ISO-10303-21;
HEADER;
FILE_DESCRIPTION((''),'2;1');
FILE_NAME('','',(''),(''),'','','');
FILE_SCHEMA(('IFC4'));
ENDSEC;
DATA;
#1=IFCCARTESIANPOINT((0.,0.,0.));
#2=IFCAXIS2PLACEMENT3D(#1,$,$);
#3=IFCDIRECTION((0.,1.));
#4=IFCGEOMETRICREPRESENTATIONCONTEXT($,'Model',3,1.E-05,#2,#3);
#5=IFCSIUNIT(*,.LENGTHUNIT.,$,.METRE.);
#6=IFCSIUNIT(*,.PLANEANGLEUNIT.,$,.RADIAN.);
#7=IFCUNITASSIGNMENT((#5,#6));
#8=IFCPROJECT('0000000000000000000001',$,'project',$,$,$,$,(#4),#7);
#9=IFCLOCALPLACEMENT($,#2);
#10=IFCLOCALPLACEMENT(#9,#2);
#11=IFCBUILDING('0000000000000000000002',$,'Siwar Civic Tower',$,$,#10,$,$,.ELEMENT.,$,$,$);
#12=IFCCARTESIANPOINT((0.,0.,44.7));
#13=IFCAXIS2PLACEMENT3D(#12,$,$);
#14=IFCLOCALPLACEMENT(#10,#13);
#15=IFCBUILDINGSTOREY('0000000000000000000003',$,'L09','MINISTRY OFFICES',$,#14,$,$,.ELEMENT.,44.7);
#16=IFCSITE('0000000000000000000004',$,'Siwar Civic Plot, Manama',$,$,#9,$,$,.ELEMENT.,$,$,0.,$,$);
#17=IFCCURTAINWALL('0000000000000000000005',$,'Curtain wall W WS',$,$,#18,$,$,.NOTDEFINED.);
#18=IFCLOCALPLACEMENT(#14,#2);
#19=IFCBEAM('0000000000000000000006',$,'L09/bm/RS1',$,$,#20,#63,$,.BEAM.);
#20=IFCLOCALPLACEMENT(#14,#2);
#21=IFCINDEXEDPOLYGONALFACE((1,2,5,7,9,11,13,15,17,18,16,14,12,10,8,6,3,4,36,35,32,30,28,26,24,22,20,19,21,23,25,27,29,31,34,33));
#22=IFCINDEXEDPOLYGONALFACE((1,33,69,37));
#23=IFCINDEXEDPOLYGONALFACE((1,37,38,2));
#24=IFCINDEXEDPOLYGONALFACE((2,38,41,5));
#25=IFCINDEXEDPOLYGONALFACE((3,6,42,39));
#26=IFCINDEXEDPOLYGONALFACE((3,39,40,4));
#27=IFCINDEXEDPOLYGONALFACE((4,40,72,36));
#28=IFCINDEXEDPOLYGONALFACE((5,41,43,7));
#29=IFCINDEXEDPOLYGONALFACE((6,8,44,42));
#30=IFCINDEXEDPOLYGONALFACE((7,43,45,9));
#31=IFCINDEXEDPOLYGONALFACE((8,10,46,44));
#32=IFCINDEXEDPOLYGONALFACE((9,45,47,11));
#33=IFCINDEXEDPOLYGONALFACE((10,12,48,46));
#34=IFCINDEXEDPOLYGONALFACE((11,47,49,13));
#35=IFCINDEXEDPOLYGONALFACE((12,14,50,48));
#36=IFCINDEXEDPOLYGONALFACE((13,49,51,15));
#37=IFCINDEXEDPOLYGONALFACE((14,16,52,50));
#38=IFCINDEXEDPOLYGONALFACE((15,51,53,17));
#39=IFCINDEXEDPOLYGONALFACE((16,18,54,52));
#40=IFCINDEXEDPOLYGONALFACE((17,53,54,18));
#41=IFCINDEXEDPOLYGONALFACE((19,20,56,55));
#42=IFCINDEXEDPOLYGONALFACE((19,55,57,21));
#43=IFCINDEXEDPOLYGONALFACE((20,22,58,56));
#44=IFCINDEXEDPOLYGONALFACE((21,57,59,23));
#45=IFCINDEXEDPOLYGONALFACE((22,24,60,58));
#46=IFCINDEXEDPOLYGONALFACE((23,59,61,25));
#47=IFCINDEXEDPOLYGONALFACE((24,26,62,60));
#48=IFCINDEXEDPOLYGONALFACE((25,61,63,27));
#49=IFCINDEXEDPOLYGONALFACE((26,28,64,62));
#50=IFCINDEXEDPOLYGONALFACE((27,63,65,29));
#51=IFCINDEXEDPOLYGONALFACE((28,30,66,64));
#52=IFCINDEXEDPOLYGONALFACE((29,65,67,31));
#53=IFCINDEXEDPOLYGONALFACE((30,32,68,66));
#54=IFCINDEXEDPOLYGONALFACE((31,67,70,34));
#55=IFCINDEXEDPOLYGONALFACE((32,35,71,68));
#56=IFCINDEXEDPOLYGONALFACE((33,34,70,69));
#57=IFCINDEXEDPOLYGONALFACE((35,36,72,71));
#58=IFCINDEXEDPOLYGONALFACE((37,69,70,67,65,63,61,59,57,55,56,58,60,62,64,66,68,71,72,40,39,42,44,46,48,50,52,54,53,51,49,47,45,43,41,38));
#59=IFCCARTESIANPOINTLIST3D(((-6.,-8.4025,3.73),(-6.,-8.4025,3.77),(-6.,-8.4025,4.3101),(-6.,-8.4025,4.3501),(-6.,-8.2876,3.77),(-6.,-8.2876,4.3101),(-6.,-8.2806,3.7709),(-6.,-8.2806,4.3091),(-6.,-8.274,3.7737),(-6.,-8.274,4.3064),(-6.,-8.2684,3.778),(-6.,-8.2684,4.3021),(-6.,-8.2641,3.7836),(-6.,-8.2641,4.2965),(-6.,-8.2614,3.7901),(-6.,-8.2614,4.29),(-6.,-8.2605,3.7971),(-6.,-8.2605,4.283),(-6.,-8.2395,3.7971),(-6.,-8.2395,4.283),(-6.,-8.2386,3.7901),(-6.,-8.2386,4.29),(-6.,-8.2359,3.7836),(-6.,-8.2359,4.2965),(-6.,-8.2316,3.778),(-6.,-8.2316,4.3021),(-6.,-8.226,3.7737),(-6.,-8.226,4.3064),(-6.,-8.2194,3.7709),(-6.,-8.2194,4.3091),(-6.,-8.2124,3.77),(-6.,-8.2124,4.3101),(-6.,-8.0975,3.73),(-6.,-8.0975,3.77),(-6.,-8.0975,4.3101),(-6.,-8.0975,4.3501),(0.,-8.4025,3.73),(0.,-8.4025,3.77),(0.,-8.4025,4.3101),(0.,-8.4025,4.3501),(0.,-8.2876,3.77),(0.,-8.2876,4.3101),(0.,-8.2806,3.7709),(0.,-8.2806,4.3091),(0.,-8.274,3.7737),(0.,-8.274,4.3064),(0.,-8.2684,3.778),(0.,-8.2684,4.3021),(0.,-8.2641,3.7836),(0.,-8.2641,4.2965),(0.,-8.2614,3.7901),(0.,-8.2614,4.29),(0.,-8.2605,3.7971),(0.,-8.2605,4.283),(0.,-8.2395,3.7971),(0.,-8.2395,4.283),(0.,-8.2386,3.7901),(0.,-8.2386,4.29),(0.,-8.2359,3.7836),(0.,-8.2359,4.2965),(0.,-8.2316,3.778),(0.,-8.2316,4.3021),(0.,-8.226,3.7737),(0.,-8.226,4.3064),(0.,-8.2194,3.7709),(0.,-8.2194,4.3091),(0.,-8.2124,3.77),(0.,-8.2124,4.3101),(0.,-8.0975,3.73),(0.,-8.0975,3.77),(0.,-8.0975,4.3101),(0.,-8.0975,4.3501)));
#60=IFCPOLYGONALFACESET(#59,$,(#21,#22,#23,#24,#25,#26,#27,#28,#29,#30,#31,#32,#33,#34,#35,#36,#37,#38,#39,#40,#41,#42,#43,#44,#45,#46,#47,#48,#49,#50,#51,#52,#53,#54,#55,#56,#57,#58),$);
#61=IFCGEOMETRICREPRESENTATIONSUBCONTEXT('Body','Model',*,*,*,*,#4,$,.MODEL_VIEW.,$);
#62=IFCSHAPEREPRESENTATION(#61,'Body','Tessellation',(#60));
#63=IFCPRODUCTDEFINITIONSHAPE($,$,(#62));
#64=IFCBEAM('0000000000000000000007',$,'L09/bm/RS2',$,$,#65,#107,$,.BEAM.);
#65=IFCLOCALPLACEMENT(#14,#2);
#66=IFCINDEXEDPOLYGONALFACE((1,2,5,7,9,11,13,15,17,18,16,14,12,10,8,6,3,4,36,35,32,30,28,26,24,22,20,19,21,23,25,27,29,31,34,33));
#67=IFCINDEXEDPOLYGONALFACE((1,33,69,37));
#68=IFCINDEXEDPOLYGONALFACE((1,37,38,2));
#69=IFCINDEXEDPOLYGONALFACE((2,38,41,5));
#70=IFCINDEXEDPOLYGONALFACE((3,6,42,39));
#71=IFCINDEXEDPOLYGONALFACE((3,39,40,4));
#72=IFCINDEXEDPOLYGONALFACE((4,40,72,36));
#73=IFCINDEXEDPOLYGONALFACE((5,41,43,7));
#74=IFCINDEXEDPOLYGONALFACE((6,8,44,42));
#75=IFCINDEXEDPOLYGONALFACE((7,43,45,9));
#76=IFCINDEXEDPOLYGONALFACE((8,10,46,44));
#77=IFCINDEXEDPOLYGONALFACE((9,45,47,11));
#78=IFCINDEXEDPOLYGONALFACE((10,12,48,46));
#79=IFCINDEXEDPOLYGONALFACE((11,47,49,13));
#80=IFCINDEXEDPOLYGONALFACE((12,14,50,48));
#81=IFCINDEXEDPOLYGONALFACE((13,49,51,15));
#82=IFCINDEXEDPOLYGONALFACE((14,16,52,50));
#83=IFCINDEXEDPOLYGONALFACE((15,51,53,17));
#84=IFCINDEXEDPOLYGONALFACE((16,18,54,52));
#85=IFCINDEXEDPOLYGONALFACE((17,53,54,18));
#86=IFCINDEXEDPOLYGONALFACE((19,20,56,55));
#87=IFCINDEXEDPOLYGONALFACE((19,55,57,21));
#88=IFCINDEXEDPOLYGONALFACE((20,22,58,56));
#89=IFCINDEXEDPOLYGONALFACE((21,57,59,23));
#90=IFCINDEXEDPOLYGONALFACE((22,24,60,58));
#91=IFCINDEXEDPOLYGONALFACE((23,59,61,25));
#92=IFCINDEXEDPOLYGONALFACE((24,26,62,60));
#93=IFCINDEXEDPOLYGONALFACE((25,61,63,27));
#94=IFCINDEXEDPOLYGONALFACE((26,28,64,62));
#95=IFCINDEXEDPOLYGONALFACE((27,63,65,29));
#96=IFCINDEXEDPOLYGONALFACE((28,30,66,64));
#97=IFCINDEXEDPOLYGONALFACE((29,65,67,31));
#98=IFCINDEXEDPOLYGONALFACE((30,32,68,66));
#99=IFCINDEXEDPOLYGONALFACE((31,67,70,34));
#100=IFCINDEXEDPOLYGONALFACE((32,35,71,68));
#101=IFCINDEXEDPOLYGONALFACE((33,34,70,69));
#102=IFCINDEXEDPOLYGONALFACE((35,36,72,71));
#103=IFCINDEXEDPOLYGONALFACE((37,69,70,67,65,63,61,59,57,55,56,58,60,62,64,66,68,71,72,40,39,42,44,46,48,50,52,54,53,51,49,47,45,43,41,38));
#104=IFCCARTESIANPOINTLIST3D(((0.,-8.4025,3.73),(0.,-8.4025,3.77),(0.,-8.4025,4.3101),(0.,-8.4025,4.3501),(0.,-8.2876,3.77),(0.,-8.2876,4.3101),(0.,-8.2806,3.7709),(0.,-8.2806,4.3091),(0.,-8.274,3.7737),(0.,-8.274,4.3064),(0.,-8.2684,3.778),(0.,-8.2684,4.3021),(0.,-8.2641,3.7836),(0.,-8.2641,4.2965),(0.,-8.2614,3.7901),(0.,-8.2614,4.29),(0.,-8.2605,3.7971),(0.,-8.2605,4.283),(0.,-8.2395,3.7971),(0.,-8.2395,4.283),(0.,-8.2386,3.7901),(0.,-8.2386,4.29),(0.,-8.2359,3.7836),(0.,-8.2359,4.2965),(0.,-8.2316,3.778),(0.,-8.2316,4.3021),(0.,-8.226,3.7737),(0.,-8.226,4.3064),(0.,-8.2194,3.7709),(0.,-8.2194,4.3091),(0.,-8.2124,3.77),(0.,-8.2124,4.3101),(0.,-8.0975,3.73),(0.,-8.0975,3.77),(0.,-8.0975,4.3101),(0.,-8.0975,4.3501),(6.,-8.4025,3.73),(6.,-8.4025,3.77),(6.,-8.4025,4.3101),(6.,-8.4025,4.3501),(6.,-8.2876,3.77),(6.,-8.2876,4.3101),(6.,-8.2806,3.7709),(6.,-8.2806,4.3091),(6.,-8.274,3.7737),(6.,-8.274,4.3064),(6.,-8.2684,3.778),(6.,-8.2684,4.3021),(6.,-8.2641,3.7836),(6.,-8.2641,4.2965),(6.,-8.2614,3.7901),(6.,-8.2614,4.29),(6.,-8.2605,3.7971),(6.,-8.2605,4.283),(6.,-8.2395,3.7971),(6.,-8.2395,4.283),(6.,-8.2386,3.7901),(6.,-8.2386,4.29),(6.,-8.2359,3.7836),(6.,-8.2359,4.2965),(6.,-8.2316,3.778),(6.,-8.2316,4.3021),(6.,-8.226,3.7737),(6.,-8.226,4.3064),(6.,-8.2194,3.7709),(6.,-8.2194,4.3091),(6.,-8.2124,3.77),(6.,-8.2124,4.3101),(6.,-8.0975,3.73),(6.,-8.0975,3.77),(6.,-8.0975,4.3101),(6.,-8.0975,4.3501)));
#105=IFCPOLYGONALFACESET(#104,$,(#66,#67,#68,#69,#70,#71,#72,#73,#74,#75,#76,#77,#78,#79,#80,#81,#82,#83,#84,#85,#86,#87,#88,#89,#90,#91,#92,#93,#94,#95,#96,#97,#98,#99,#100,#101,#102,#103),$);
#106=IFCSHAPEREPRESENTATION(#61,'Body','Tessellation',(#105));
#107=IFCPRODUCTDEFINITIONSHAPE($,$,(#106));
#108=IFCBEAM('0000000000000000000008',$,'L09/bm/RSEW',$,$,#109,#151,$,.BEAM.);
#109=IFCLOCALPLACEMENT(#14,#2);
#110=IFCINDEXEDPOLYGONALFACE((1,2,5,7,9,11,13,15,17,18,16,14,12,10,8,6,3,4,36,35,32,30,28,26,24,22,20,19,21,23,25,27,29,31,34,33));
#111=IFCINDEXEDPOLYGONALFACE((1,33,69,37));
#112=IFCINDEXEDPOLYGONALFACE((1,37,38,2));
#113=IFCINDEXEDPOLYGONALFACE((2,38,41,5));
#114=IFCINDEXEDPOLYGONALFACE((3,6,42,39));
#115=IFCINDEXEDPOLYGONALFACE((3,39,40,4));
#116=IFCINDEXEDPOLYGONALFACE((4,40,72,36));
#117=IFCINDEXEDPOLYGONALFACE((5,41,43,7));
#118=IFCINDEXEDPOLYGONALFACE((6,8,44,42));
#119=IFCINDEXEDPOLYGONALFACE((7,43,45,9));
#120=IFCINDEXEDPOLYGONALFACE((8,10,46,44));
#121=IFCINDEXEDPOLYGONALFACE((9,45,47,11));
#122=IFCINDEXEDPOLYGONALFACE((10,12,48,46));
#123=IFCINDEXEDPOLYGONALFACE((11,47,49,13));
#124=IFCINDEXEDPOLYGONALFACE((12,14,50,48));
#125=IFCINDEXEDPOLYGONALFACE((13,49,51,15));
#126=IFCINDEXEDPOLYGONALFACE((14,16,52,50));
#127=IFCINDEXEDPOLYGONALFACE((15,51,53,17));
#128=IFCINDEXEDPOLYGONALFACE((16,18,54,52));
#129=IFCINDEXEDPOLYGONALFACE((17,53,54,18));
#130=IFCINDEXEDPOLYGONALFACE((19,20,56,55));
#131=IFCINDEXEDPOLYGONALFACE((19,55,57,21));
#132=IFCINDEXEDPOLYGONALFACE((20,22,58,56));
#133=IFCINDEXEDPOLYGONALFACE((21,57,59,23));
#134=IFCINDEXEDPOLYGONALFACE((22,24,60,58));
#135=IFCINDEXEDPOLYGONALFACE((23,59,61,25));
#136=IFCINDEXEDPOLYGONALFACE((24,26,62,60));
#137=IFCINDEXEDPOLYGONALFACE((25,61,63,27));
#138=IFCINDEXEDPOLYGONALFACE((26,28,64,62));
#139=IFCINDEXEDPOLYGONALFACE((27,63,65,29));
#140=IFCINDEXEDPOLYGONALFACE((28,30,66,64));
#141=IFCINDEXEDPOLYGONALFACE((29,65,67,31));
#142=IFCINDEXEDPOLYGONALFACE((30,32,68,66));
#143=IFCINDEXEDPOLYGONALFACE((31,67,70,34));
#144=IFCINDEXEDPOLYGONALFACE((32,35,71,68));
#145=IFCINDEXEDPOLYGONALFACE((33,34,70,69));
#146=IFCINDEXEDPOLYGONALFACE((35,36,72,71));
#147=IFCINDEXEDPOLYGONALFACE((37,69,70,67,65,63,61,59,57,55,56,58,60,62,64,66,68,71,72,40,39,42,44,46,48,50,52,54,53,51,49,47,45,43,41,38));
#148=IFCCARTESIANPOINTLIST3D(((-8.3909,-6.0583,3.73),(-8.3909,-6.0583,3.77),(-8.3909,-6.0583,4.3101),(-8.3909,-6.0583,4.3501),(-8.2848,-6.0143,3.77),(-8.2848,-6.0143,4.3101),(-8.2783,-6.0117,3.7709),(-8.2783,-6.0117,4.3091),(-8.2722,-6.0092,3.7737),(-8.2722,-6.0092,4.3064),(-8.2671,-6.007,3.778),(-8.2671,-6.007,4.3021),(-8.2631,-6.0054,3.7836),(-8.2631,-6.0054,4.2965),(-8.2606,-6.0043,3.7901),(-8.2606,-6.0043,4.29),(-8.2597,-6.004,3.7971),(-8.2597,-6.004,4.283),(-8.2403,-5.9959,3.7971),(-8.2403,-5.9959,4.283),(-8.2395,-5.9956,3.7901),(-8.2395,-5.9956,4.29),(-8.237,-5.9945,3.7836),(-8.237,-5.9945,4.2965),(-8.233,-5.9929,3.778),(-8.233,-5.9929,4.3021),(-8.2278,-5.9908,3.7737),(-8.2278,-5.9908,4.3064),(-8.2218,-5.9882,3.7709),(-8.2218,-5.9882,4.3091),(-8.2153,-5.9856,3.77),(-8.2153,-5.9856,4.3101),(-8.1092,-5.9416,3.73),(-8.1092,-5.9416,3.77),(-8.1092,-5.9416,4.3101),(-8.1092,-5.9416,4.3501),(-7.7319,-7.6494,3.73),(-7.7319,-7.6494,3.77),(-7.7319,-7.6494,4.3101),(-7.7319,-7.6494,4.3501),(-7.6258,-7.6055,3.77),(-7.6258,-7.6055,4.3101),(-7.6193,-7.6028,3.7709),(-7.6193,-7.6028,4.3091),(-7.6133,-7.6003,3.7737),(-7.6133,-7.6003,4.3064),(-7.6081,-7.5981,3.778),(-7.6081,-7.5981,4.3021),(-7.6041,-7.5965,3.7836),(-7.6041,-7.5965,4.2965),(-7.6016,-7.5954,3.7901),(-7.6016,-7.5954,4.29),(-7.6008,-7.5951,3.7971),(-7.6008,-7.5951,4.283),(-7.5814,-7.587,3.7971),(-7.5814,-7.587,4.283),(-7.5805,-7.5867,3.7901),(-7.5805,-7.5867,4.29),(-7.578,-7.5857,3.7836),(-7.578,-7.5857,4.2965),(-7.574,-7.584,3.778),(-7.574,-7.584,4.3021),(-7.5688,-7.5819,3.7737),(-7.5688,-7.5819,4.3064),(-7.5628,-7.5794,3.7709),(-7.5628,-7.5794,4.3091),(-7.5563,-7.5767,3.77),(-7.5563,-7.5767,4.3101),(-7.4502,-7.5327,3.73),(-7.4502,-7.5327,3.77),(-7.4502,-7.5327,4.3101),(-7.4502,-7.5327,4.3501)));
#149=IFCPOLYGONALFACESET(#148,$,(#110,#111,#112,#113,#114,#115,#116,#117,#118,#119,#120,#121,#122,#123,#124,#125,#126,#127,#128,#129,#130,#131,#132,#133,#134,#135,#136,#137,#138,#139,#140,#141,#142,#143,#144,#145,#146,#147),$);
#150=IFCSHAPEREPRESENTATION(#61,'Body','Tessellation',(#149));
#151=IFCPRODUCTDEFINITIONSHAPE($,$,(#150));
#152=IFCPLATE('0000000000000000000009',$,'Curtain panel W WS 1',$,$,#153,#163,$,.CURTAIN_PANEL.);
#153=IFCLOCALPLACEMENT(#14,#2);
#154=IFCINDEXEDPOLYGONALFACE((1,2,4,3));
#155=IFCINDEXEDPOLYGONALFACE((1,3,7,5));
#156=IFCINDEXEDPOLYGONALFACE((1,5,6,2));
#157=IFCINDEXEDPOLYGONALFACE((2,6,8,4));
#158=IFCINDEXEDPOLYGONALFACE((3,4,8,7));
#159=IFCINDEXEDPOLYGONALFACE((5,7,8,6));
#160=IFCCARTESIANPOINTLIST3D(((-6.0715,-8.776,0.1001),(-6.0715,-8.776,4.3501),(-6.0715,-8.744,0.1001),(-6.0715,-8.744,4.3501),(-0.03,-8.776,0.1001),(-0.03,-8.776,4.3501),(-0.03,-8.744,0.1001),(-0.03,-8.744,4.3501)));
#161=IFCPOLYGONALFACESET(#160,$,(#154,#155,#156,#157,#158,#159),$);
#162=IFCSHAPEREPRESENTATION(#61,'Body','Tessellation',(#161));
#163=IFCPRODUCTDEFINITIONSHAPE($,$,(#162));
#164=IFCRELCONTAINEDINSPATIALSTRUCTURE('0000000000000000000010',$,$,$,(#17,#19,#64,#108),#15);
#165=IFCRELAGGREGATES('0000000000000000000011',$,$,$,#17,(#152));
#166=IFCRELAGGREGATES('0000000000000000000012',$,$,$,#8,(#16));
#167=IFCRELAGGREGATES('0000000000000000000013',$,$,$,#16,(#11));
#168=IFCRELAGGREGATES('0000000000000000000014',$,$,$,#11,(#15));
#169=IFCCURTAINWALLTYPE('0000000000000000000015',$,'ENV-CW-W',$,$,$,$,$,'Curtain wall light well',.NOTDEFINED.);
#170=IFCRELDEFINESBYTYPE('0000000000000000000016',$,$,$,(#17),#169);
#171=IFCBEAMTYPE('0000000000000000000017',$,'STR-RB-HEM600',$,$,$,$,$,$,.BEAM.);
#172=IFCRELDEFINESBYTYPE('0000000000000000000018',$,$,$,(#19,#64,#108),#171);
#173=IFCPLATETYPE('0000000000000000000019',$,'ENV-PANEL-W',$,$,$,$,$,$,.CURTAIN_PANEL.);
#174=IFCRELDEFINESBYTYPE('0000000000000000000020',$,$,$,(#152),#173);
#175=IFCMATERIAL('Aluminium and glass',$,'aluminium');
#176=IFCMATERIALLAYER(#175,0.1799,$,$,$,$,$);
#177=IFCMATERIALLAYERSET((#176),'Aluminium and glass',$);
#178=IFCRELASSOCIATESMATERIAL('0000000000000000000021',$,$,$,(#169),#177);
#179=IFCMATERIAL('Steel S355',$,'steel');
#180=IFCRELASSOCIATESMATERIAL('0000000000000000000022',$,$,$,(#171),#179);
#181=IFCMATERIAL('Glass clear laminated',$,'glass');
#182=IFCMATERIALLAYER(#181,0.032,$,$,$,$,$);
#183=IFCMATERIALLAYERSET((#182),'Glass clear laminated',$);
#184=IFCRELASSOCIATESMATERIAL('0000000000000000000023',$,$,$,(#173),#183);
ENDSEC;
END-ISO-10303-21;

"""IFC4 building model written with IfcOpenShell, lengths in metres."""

from ifc_helpers import new_model, si_unit, direction, frame, origin, origin_2d, place, context, subcontext, project, spatial, rectangle, i_section, extrude, material, layer, layer_set, material_profile, profile_set, type_object, element, aggregate, save


model = new_model("IFC4")

# Units and contexts
model_context = context("Model", 3, precision=1e-05, world=origin(), true_north=direction((0.0, 1.0)))
body_context = subcontext(model_context, "Body", "Model", "MODEL_VIEW")
ifc_project = project(units=[si_unit("LENGTHUNIT", "METRE"), si_unit("PLANEANGLEUNIT", "RADIAN")], contexts=[model_context])

# Site, building, storey
site_placement = place(None, origin())
site = spatial("IfcSite", under=ifc_project, at=site_placement, Name="Siwar Civic Plot, Manama", CompositionType="ELEMENT", RefElevation=0.0)
building_placement = place(site_placement, origin())
building = spatial("IfcBuilding", under=site, at=building_placement, Name="Siwar Civic Tower", CompositionType="ELEMENT")
storey_placement = place(building_placement, frame((0.0, 0.0, 44.7)))
storey = spatial("IfcBuildingStorey", under=building, at=storey_placement, Name="L09", Description="MINISTRY OFFICES", CompositionType="ELEMENT", Elevation=44.7)

# Curtain wall
ifc_material_1 = material(Name="Aluminium and glass", Category="aluminium")
ifc_layer_1 = layer(ifc_material_1, 0.1799)
ifc_layer_set_1 = layer_set([ifc_layer_1], Name="Aluminium and glass")
curtain_wall_type = type_object("IfcCurtainWallType", Name="ENV-CW-W", ElementType="Curtain wall light well", PredefinedType="NOTDEFINED", material=ifc_layer_set_1)
curtain_wall_placement = place(storey_placement, origin())
curtain_wall = element("IfcCurtainWall", 1, at=curtain_wall_placement, inside=storey, type_object=curtain_wall_type, Name="Curtain wall W WS", PredefinedType="NOTDEFINED")

# Beams
ifc_material_2 = material(Name="Steel S355", Category="steel")
ifc_material_profile_1 = material_profile(ifc_material_2, i_section(OverallWidth=0.3049, OverallDepth=0.6201, WebThickness=0.021, FlangeThickness=0.04, FilletRadius=0.0271, at=origin_2d()), Name="HEM600")
ifc_profile_set_1 = profile_set([ifc_material_profile_1], Name="Steel S355")
beam_type_1 = type_object("IfcBeamType", Name="STR-RB-HEM600", PredefinedType="BEAM", material=ifc_profile_set_1)
for number, where, z_axis, x_axis, name in (
    (2, (-6.0, -8.25, 4.04), (1.0, 0.0, 0.0), (0.0, 1.0, 0.0), "L09/bm/RS1"),
    (3, (0.0, -8.25, 4.04), (1.0, 0.0, 0.0), (0.0, 1.0, 0.0), "L09/bm/RS2"),
):
    element("IfcBeam", number, at=place(storey_placement, frame(where, z_axis=z_axis, x_axis=x_axis)), inside=storey, type_object=beam_type_1, Name=name, PredefinedType="BEAM", context=body_context, shape_type="SweptSolid", body=[
        extrude(i_section(OverallWidth=0.3049, OverallDepth=0.6201, WebThickness=0.021, FlangeThickness=0.04, FilletRadius=0.0271, at=origin_2d()), origin(), (0.0, 0.0, 1.0), 6.0),
    ])
beam_1_placement = place(storey_placement, frame((-7.5911, -7.5911, 4.04), z_axis=(-0.382631, 0.923901, 0.0), x_axis=(-0.923901, -0.382631, 0.0)))
element("IfcBeam", 4, at=beam_1_placement, inside=storey, type_object=beam_type_1, Name="L09/bm/RSEW", PredefinedType="BEAM", context=body_context, shape_type="SweptSolid", body=[
    extrude(i_section(OverallWidth=0.3049, OverallDepth=0.6201, WebThickness=0.021, FlangeThickness=0.04, FilletRadius=0.0271, at=origin_2d()), origin(), (0.0, 0.0, 1.0), 1.7222),
])

# Plate
ifc_material_3 = material(Name="Glass clear laminated", Category="glass")
ifc_layer_2 = layer(ifc_material_3, 0.032)
ifc_layer_set_2 = layer_set([ifc_layer_2], Name="Glass clear laminated")
plate_type = type_object("IfcPlateType", Name="ENV-PANEL-W", PredefinedType="CURTAIN_PANEL", material=ifc_layer_set_2)
plate_placement = place(storey_placement, frame((-3.0508, -8.76, 0.1001), z_axis=(0.0, 0.0, 1.0), x_axis=(1.0, 0.0, 0.0)))
plate = element("IfcPlate", 5, at=plate_placement, type_object=plate_type, Name="Curtain panel W WS 1", PredefinedType="CURTAIN_PANEL", context=body_context, shape_type="SweptSolid", body=[
    extrude(rectangle(XDim=6.0415, YDim=0.032, at=origin_2d()), origin(), (0.0, 0.0, 1.0), 4.25),
])
aggregate(curtain_wall, [plate])

save(model, "model.ifc")
